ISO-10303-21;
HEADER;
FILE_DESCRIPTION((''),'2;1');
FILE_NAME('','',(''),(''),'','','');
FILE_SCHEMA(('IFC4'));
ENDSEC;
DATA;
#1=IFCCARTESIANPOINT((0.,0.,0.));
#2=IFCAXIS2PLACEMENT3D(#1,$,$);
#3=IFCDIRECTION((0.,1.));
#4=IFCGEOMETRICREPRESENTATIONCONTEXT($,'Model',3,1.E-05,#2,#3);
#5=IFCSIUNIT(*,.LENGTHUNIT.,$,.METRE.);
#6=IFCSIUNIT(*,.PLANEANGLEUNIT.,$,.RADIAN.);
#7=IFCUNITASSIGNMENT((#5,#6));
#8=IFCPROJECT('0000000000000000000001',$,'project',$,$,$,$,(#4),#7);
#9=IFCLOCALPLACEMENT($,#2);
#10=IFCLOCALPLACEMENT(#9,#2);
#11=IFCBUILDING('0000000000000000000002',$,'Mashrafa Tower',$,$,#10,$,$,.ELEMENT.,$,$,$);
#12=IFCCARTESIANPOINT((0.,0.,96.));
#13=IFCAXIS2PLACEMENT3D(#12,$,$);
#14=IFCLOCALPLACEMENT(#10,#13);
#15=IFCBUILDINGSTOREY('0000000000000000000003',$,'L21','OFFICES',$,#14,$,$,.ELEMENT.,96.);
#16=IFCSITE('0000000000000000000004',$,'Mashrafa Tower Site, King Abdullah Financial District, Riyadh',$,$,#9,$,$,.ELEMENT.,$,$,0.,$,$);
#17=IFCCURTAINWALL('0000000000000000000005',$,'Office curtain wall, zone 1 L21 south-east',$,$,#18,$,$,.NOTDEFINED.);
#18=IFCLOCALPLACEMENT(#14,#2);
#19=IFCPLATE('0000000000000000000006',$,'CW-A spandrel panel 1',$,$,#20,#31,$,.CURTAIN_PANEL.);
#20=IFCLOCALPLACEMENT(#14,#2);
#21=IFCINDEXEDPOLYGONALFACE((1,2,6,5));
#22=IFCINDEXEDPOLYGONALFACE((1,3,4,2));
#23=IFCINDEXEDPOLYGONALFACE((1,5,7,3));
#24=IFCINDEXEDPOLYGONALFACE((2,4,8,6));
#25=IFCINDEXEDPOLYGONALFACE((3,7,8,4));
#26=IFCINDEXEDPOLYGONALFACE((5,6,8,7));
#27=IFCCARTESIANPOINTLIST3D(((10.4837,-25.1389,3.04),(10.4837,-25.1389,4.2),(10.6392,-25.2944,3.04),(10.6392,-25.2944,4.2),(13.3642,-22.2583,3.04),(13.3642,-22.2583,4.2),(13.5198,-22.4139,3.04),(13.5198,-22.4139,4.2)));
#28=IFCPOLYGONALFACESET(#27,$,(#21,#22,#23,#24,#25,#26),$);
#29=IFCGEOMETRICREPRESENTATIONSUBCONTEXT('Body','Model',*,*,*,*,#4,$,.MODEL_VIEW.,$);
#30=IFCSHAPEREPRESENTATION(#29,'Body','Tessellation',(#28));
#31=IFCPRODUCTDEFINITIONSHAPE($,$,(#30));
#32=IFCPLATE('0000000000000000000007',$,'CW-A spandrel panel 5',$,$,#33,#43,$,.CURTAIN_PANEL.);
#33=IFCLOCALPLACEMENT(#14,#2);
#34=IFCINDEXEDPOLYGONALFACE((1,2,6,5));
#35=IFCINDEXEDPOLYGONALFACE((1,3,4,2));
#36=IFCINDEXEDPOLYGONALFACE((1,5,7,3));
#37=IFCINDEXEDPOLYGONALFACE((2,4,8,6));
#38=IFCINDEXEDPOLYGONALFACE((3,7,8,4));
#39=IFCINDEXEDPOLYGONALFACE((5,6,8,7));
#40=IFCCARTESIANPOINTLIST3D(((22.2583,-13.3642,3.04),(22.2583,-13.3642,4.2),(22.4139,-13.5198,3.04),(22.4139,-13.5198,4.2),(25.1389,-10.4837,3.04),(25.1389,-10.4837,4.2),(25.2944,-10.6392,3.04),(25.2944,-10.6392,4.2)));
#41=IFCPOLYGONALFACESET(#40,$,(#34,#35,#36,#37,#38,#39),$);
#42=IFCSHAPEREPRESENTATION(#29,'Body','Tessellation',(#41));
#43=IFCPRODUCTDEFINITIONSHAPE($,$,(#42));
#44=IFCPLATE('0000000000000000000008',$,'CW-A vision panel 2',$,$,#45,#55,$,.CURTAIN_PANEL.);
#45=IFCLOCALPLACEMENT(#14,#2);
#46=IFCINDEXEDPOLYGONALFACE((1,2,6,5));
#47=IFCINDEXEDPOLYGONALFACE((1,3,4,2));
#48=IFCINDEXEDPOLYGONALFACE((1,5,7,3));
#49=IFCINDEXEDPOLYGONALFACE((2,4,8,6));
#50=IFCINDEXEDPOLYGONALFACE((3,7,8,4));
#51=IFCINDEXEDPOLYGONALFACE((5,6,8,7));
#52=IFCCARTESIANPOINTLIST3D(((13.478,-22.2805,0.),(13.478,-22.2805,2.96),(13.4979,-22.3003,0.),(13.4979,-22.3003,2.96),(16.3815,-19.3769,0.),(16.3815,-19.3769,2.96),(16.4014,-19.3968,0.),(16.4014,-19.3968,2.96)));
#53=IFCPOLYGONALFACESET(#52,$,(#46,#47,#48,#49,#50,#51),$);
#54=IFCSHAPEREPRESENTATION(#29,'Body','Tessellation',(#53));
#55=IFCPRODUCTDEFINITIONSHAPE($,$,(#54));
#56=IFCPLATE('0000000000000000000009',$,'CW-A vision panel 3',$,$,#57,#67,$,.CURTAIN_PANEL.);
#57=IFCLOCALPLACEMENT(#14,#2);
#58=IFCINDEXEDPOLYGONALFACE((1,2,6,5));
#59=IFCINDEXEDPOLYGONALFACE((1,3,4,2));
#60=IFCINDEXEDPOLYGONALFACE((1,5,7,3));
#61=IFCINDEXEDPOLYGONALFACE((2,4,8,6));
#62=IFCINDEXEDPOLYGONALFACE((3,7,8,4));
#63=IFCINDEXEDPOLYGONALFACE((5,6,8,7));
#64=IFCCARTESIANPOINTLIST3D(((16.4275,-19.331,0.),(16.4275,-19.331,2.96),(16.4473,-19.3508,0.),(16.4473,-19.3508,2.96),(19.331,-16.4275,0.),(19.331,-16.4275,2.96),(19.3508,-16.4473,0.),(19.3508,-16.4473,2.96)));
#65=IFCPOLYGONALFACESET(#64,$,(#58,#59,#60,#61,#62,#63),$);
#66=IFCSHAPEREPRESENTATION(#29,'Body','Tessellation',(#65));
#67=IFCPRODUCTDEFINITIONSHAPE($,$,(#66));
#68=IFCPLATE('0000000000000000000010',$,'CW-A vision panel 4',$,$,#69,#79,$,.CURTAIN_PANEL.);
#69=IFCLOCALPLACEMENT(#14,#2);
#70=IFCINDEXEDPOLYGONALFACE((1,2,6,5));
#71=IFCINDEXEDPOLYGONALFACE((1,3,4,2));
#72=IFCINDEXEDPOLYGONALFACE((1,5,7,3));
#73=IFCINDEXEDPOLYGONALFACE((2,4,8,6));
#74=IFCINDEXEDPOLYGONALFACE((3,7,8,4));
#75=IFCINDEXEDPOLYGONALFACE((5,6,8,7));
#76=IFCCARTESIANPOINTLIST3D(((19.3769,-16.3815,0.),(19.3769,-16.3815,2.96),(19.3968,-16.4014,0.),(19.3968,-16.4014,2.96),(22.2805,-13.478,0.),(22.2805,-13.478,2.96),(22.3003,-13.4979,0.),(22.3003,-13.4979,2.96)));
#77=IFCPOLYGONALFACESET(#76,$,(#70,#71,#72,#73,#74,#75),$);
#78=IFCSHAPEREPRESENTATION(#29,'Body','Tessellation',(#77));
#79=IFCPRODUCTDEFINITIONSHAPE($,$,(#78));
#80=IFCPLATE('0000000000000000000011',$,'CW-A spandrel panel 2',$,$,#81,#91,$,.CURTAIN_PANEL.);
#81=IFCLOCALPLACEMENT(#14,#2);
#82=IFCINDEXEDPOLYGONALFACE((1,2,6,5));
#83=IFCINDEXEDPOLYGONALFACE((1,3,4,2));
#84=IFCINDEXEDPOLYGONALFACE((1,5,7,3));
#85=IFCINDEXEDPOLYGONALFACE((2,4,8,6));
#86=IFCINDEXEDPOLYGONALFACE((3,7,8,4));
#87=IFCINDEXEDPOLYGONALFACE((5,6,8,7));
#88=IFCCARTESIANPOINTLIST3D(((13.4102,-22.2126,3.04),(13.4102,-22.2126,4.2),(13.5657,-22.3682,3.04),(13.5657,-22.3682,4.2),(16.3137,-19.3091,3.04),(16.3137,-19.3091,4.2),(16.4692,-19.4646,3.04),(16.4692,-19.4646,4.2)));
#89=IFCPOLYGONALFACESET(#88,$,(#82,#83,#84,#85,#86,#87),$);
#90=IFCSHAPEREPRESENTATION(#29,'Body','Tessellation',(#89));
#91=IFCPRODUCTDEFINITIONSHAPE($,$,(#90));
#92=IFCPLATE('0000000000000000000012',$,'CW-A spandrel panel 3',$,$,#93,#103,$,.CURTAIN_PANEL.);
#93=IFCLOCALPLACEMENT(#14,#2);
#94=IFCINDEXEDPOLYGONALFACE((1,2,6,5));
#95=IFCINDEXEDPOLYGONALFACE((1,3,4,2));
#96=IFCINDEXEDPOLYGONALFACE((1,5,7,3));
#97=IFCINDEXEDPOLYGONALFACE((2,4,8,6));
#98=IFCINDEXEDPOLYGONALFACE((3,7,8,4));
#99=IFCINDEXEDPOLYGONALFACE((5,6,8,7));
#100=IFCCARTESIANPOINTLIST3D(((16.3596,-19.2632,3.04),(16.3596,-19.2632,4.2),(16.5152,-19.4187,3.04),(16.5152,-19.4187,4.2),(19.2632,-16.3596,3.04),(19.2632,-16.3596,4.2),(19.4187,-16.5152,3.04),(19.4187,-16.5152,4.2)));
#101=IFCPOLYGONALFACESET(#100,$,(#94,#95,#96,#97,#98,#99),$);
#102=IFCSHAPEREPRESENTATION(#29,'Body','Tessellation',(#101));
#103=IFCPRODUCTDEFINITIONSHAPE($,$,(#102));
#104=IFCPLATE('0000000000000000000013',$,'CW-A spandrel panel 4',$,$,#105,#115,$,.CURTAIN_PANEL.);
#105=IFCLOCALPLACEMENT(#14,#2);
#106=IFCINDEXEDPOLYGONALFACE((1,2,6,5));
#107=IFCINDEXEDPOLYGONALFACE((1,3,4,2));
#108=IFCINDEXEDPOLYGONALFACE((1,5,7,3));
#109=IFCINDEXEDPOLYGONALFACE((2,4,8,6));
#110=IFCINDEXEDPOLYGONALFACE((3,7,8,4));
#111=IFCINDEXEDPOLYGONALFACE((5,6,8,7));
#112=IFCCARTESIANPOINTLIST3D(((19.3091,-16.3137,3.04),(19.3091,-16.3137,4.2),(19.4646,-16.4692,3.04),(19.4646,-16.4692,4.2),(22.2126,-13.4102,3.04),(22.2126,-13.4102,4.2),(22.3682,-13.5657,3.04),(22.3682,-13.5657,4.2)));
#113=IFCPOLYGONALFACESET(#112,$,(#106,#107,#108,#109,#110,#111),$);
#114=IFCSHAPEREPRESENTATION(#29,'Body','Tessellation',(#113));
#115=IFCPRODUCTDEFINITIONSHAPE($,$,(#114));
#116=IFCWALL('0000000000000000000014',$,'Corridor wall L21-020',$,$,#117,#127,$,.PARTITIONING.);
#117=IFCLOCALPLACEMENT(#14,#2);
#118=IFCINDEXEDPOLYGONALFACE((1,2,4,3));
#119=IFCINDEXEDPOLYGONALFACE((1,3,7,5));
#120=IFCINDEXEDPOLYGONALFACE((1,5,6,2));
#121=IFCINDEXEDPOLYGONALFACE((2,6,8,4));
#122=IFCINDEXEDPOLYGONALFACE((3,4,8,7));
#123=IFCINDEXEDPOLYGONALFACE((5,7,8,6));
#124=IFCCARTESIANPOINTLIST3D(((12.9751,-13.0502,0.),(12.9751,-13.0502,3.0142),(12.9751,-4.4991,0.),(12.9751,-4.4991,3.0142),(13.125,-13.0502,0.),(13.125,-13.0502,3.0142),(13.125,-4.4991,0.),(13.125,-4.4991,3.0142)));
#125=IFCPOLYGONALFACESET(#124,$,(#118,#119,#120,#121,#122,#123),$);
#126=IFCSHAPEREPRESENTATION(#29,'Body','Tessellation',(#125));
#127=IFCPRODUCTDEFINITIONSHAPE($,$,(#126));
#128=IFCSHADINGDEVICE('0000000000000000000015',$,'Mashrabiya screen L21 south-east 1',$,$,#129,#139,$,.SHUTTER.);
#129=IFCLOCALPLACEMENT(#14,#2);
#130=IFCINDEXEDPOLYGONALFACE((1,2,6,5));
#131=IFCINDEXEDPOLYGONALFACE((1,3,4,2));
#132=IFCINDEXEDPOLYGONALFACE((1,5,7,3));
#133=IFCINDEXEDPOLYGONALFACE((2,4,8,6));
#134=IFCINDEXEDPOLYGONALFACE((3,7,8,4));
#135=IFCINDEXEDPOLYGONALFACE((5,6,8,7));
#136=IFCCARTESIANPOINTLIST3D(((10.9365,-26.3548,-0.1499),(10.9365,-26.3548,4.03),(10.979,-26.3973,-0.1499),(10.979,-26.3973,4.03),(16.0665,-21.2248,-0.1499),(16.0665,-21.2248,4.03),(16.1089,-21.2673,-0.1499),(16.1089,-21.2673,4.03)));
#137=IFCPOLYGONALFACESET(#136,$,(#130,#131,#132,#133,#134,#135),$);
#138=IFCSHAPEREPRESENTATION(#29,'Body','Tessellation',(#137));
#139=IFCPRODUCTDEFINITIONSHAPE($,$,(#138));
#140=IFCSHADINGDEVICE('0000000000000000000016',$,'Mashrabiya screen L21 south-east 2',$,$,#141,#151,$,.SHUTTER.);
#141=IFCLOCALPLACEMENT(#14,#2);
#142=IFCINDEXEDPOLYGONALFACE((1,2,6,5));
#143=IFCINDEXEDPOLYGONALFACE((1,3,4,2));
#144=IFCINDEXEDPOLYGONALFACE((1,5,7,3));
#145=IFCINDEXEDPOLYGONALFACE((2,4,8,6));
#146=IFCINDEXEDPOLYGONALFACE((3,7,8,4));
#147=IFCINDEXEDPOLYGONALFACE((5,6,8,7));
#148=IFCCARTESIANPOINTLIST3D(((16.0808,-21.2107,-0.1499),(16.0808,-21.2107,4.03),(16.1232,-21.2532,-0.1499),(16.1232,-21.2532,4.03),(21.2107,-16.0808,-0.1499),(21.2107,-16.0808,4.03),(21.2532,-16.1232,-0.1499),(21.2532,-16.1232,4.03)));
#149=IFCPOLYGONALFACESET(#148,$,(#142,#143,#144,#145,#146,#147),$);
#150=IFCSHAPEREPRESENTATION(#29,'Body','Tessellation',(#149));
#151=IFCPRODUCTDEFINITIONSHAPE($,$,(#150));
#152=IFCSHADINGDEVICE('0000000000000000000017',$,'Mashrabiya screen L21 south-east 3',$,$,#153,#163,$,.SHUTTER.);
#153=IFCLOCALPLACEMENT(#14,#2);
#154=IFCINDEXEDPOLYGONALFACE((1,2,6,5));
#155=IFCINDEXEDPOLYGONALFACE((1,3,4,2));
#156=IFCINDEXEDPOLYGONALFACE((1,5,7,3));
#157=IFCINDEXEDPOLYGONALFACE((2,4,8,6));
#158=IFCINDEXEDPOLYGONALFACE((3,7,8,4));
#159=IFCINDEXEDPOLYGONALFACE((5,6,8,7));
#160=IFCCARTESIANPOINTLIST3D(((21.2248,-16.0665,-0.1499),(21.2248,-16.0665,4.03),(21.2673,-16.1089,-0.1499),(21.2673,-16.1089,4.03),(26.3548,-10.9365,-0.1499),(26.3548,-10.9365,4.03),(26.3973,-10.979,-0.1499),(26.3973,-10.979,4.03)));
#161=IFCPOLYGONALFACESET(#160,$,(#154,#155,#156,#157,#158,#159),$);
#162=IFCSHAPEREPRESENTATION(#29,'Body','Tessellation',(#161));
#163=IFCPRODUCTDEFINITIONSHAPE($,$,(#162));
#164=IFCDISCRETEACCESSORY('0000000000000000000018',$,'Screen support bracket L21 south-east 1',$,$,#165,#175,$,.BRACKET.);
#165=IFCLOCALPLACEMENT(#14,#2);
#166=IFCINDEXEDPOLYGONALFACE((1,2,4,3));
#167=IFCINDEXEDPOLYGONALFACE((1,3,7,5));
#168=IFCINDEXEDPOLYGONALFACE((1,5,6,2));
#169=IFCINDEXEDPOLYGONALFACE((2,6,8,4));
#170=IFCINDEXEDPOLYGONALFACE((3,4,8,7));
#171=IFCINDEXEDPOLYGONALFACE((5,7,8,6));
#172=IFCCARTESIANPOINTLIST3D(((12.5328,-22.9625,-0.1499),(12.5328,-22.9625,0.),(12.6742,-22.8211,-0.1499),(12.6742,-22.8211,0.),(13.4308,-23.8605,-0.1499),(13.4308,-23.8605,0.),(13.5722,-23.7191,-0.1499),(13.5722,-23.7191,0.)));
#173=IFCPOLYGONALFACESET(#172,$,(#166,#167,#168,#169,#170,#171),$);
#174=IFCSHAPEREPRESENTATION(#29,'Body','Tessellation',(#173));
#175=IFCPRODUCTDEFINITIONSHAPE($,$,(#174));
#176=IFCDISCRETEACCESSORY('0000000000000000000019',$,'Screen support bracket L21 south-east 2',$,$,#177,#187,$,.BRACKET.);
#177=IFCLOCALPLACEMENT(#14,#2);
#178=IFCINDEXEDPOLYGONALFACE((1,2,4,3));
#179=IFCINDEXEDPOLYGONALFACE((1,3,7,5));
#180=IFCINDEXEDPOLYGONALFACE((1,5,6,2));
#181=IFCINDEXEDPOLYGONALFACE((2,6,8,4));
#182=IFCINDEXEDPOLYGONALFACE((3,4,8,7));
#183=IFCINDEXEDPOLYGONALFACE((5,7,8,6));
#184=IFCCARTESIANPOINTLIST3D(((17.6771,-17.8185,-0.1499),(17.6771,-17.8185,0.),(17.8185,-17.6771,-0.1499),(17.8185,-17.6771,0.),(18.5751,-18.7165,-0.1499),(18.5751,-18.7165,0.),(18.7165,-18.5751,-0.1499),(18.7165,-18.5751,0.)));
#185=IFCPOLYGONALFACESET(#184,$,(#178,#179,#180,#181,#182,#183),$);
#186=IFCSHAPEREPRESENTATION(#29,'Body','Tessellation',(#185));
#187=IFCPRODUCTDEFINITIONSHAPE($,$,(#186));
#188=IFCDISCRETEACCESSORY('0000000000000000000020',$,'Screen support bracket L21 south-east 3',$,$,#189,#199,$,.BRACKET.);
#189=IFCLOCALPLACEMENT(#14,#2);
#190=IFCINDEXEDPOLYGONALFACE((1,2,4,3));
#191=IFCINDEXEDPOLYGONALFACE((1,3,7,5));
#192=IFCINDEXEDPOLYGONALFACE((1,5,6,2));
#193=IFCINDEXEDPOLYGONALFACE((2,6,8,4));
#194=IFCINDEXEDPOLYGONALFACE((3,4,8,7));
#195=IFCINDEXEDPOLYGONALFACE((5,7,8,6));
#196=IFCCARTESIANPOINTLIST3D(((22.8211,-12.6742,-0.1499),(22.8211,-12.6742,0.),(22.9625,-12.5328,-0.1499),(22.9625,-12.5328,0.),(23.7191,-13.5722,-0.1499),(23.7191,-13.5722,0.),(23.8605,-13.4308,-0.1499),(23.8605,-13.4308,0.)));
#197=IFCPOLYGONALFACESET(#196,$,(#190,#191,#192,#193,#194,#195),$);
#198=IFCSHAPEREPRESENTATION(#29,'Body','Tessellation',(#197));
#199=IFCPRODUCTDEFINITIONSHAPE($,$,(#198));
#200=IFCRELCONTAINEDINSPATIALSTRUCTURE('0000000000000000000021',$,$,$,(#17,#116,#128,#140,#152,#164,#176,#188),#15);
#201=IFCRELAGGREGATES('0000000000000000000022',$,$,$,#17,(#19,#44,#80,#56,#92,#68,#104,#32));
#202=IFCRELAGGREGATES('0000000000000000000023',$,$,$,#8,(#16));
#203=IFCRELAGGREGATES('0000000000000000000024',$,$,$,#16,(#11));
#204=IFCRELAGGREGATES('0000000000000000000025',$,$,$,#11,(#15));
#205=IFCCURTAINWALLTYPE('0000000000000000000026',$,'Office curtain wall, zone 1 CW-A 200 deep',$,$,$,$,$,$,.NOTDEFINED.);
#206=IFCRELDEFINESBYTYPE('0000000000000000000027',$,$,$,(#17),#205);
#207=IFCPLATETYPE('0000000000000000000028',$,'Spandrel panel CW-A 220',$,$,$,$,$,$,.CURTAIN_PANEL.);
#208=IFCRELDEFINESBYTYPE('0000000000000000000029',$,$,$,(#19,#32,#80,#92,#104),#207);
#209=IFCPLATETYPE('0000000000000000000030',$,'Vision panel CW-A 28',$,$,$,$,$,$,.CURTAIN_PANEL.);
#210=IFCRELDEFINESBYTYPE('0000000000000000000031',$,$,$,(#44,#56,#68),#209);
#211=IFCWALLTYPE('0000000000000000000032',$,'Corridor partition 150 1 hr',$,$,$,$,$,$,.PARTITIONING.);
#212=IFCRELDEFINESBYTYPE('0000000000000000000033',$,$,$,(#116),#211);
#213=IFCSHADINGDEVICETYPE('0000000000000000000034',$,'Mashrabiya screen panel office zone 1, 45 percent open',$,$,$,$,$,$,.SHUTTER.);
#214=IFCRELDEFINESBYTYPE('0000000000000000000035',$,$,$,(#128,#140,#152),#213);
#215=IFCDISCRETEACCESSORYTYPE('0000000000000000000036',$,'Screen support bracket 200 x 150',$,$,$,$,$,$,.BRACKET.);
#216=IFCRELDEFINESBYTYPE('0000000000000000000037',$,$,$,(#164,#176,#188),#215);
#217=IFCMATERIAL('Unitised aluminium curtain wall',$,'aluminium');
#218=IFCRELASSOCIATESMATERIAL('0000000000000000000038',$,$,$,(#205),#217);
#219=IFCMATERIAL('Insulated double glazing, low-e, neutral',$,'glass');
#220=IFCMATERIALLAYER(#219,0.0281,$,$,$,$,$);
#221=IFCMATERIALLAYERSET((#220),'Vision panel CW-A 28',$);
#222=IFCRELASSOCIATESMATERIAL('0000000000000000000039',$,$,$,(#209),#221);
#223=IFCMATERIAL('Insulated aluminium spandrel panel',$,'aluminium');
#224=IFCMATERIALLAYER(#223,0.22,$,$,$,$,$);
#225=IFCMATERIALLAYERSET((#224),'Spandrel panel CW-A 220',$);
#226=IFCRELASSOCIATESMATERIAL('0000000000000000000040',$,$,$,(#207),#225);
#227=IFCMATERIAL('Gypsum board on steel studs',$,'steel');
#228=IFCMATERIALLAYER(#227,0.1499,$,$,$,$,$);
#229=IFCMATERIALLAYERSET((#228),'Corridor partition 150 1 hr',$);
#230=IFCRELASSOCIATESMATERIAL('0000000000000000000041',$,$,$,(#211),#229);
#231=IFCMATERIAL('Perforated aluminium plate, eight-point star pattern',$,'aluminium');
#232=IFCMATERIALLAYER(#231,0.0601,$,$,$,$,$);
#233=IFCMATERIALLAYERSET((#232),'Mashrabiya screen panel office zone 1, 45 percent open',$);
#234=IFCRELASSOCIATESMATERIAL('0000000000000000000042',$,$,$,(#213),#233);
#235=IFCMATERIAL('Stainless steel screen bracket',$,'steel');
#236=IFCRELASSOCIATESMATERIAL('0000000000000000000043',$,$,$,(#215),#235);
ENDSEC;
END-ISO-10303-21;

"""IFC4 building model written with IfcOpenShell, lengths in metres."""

from ifc_helpers import new_model, si_unit, direction, frame, frame_2d, origin, origin_2d, place, context, subcontext, project, spatial, rectangle, extrude, source, transform, mapped, material, layer, layer_set, type_object, type_shapes, element, aggregate, save


model = new_model("IFC4")

# Units and contexts
model_context = context("Model", 3, precision=1e-05, world=origin(), true_north=direction((0.0, 1.0)))
body_context = subcontext(model_context, "Body", "Model", "MODEL_VIEW")
ifc_project = project(units=[si_unit("LENGTHUNIT", "METRE"), si_unit("PLANEANGLEUNIT", "RADIAN")], contexts=[model_context])

# Site, building, storey
site_placement = place(None, origin())
site = spatial("IfcSite", under=ifc_project, at=site_placement, Name="Mashrafa Tower Site, King Abdullah Financial District, Riyadh", CompositionType="ELEMENT", RefElevation=0.0)
building_placement = place(site_placement, origin())
building = spatial("IfcBuilding", under=site, at=building_placement, Name="Mashrafa Tower", CompositionType="ELEMENT")
storey_placement = place(building_placement, frame((0.0, 0.0, 96.0)))
storey = spatial("IfcBuildingStorey", under=building, at=storey_placement, Name="L21", Description="OFFICES", CompositionType="ELEMENT", Elevation=96.0)

# Curtain wall, plates
ifc_material_1 = material(Name="Unitised aluminium curtain wall", Category="aluminium")
curtain_wall_type = type_object("IfcCurtainWallType", Name="Office curtain wall, zone 1 CW-A 200 deep", PredefinedType="NOTDEFINED", material=ifc_material_1)
curtain_wall_placement = place(storey_placement, origin())
curtain_wall = element("IfcCurtainWall", 1, at=curtain_wall_placement, inside=storey, type_object=curtain_wall_type, Name="Office curtain wall, zone 1 L21 south-east", PredefinedType="NOTDEFINED")
ifc_material_2 = material(Name="Insulated double glazing, low-e, neutral", Category="glass")
ifc_layer_1 = layer(ifc_material_2, 0.0281)
ifc_layer_set_1 = layer_set([ifc_layer_1], Name="Vision panel CW-A 28")
plate_type_1 = type_object("IfcPlateType", Name="Vision panel CW-A 28", PredefinedType="CURTAIN_PANEL", material=ifc_layer_set_1)
ifc_material_3 = material(Name="Insulated aluminium spandrel panel", Category="aluminium")
ifc_layer_2 = layer(ifc_material_3, 0.22)
ifc_layer_set_2 = layer_set([ifc_layer_2], Name="Spandrel panel CW-A 220")
plate_type_2 = type_object("IfcPlateType", Name="Spandrel panel CW-A 220", PredefinedType="CURTAIN_PANEL", material=ifc_layer_set_2)
shared_shape_1 = source(origin(), body_context, "Body", "SweptSolid", [
    extrude(rectangle(XDim=4.0737, YDim=0.22, at=origin_2d()), origin(), (0.0, 0.0, 1.0), 1.1599),
])
plate_1_placement = place(storey_placement, frame((12.0017, -23.7764, 3.04), z_axis=(0.0, 0.0, 1.0), x_axis=(0.707107, 0.707107, 0.0)))
plate_1 = element("IfcPlate", 2, at=plate_1_placement, type_object=plate_type_2, Name="CW-A spandrel panel 1", PredefinedType="CURTAIN_PANEL", context=body_context, shape_type="MappedRepresentation", body=[
    mapped(shared_shape_1, transform((0.0, 0.0, 0.0))),
])
plate_2_placement = place(storey_placement, frame((23.7764, -12.0017, 3.04), z_axis=(0.0, 0.0, 1.0), x_axis=(0.707107, 0.707107, 0.0)))
plate_2 = element("IfcPlate", 3, at=plate_2_placement, type_object=plate_type_2, Name="CW-A spandrel panel 5", PredefinedType="CURTAIN_PANEL", context=body_context, shape_type="MappedRepresentation", body=[
    mapped(shared_shape_1, transform((0.0, 0.0, 0.0))),
])
shared_shape_2 = source(origin(), body_context, "Body", "SweptSolid", [
    extrude(rectangle(XDim=4.1062, YDim=0.0281, at=origin_2d()), origin(), (0.0, 0.0, 1.0), 2.96),
])
plate_3_placement = place(storey_placement, frame((14.9397, -20.8386, 0.0), z_axis=(0.0, 0.0, 1.0), x_axis=(0.707107, 0.707107, 0.0)))
plate_3 = element("IfcPlate", 4, at=plate_3_placement, type_object=plate_type_1, Name="CW-A vision panel 2", PredefinedType="CURTAIN_PANEL", context=body_context, shape_type="MappedRepresentation", body=[
    mapped(shared_shape_2, transform((0.0, 0.0, 0.0))),
])
plate_4_placement = place(storey_placement, frame((17.8892, -17.8892, 0.0), z_axis=(0.0, 0.0, 1.0), x_axis=(0.707107, 0.707107, 0.0)))
plate_4 = element("IfcPlate", 5, at=plate_4_placement, type_object=plate_type_1, Name="CW-A vision panel 3", PredefinedType="CURTAIN_PANEL", context=body_context, shape_type="MappedRepresentation", body=[
    mapped(shared_shape_2, transform((0.0, 0.0, 0.0))),
])
plate_5_placement = place(storey_placement, frame((20.8386, -14.9397, 0.0), z_axis=(0.0, 0.0, 1.0), x_axis=(0.707107, 0.707107, 0.0)))
plate_5 = element("IfcPlate", 6, at=plate_5_placement, type_object=plate_type_1, Name="CW-A vision panel 4", PredefinedType="CURTAIN_PANEL", context=body_context, shape_type="MappedRepresentation", body=[
    mapped(shared_shape_2, transform((0.0, 0.0, 0.0))),
])
shared_shape_3 = source(origin(), body_context, "Body", "SweptSolid", [
    extrude(rectangle(XDim=4.1062, YDim=0.22, at=origin_2d()), origin(), (0.0, 0.0, 1.0), 1.1599),
])
type_shapes(plate_type_2, [shared_shape_1, shared_shape_3])
plate_6_placement = place(storey_placement, frame((14.9397, -20.8386, 3.04), z_axis=(0.0, 0.0, 1.0), x_axis=(0.707107, 0.707107, 0.0)))
plate_6 = element("IfcPlate", 7, at=plate_6_placement, type_object=plate_type_2, Name="CW-A spandrel panel 2", PredefinedType="CURTAIN_PANEL", context=body_context, shape_type="MappedRepresentation", body=[
    mapped(shared_shape_3, transform((0.0, 0.0, 0.0))),
])
plate_7_placement = place(storey_placement, frame((17.8892, -17.8892, 3.04), z_axis=(0.0, 0.0, 1.0), x_axis=(0.707107, 0.707107, 0.0)))
plate_7 = element("IfcPlate", 8, at=plate_7_placement, type_object=plate_type_2, Name="CW-A spandrel panel 3", PredefinedType="CURTAIN_PANEL", context=body_context, shape_type="MappedRepresentation", body=[
    mapped(shared_shape_3, transform((0.0, 0.0, 0.0))),
])
plate_8_placement = place(storey_placement, frame((20.8386, -14.9397, 3.04), z_axis=(0.0, 0.0, 1.0), x_axis=(0.707107, 0.707107, 0.0)))
plate_8 = element("IfcPlate", 9, at=plate_8_placement, type_object=plate_type_2, Name="CW-A spandrel panel 4", PredefinedType="CURTAIN_PANEL", context=body_context, shape_type="MappedRepresentation", body=[
    mapped(shared_shape_3, transform((0.0, 0.0, 0.0))),
])
aggregate(curtain_wall, [plate_1, plate_3, plate_6, plate_4, plate_7, plate_5, plate_8, plate_2])

# Wall
ifc_material_4 = material(Name="Gypsum board on steel studs", Category="steel")
ifc_layer_3 = layer(ifc_material_4, 0.1499)
ifc_layer_set_3 = layer_set([ifc_layer_3], Name="Corridor partition 150 1 hr")
wall_type = type_object("IfcWallType", Name="Corridor partition 150 1 hr", PredefinedType="PARTITIONING", material=ifc_layer_set_3)
wall_placement = place(storey_placement, frame((13.05, -13.05, 0.0), z_axis=(0.0, 0.0, 1.0), x_axis=(0.0, 1.0, 0.0)))
element("IfcWall", 10, at=wall_placement, inside=storey, type_object=wall_type, Name="Corridor wall L21-020", PredefinedType="PARTITIONING", context=body_context, shape_type="SweptSolid", body=[
    extrude(rectangle(XDim=8.551, YDim=0.1499, at=frame_2d((4.2754, 0.0))), origin(), (0.0, 0.0, 1.0), 3.0142),
])

# Shading devices
ifc_material_5 = material(Name="Perforated aluminium plate, eight-point star pattern", Category="aluminium")
ifc_layer_4 = layer(ifc_material_5, 0.0601)
ifc_layer_set_4 = layer_set([ifc_layer_4], Name="Mashrabiya screen panel office zone 1, 45 percent open")
shading_device_type = type_object("IfcShadingDeviceType", Name="Mashrabiya screen panel office zone 1, 45 percent open", PredefinedType="SHUTTER", material=ifc_layer_set_4)
shared_shape_4 = source(origin(), body_context, "Body", "SweptSolid", [
    extrude(rectangle(XDim=7.2549, YDim=0.0601, at=origin_2d()), origin(), (0.0, 0.0, 1.0), 4.1799),
])
type_shapes(shading_device_type, [shared_shape_4])
for number, where, z_axis, x_axis, name in (
    (11, (13.5227, -23.811, -0.1499), (0.0, 0.0, 1.0), (0.707107, 0.707107, 0.0), "Mashrabiya screen L21 south-east 1"),
    (12, (18.667, -18.667, -0.1499), (0.0, 0.0, 1.0), (0.707107, 0.707107, 0.0), "Mashrabiya screen L21 south-east 2"),
    (13, (23.811, -13.5227, -0.1499), (0.0, 0.0, 1.0), (0.707107, 0.707107, 0.0), "Mashrabiya screen L21 south-east 3"),
):
    element("IfcShadingDevice", number, at=place(storey_placement, frame(where, z_axis=z_axis, x_axis=x_axis)), inside=storey, type_object=shading_device_type, Name=name, PredefinedType="SHUTTER", context=body_context, shape_type="MappedRepresentation", body=[
        mapped(shared_shape_4, transform((0.0, 0.0, 0.0))),
    ])

# Discrete accessories
ifc_material_6 = material(Name="Stainless steel screen bracket", Category="steel")
discrete_accessory_type = type_object("IfcDiscreteAccessoryType", Name="Screen support bracket 200 x 150", PredefinedType="BRACKET", material=ifc_material_6)
shared_shape_5 = source(origin(), body_context, "Body", "SweptSolid", [
    extrude(rectangle(XDim=0.2, YDim=1.27, at=origin_2d()), origin(), (0.0, 0.0, 1.0), 0.1499),
])
type_shapes(discrete_accessory_type, [shared_shape_5])
for number, where, z_axis, x_axis, name in (
    (14, (13.0525, -23.3408, -0.1499), (0.0, 0.0, 1.0), (0.707107, 0.707107, 0.0), "Screen support bracket L21 south-east 1"),
    (15, (18.1968, -18.1968, -0.1499), (0.0, 0.0, 1.0), (0.707107, 0.707107, 0.0), "Screen support bracket L21 south-east 2"),
    (16, (23.3408, -13.0525, -0.1499), (0.0, 0.0, 1.0), (0.707107, 0.707107, 0.0), "Screen support bracket L21 south-east 3"),
):
    element("IfcDiscreteAccessory", number, at=place(storey_placement, frame(where, z_axis=z_axis, x_axis=x_axis)), inside=storey, type_object=discrete_accessory_type, Name=name, PredefinedType="BRACKET", context=body_context, shape_type="MappedRepresentation", body=[
        mapped(shared_shape_5, transform((0.0, 0.0, 0.0))),
    ])

save(model, "model.ifc")
